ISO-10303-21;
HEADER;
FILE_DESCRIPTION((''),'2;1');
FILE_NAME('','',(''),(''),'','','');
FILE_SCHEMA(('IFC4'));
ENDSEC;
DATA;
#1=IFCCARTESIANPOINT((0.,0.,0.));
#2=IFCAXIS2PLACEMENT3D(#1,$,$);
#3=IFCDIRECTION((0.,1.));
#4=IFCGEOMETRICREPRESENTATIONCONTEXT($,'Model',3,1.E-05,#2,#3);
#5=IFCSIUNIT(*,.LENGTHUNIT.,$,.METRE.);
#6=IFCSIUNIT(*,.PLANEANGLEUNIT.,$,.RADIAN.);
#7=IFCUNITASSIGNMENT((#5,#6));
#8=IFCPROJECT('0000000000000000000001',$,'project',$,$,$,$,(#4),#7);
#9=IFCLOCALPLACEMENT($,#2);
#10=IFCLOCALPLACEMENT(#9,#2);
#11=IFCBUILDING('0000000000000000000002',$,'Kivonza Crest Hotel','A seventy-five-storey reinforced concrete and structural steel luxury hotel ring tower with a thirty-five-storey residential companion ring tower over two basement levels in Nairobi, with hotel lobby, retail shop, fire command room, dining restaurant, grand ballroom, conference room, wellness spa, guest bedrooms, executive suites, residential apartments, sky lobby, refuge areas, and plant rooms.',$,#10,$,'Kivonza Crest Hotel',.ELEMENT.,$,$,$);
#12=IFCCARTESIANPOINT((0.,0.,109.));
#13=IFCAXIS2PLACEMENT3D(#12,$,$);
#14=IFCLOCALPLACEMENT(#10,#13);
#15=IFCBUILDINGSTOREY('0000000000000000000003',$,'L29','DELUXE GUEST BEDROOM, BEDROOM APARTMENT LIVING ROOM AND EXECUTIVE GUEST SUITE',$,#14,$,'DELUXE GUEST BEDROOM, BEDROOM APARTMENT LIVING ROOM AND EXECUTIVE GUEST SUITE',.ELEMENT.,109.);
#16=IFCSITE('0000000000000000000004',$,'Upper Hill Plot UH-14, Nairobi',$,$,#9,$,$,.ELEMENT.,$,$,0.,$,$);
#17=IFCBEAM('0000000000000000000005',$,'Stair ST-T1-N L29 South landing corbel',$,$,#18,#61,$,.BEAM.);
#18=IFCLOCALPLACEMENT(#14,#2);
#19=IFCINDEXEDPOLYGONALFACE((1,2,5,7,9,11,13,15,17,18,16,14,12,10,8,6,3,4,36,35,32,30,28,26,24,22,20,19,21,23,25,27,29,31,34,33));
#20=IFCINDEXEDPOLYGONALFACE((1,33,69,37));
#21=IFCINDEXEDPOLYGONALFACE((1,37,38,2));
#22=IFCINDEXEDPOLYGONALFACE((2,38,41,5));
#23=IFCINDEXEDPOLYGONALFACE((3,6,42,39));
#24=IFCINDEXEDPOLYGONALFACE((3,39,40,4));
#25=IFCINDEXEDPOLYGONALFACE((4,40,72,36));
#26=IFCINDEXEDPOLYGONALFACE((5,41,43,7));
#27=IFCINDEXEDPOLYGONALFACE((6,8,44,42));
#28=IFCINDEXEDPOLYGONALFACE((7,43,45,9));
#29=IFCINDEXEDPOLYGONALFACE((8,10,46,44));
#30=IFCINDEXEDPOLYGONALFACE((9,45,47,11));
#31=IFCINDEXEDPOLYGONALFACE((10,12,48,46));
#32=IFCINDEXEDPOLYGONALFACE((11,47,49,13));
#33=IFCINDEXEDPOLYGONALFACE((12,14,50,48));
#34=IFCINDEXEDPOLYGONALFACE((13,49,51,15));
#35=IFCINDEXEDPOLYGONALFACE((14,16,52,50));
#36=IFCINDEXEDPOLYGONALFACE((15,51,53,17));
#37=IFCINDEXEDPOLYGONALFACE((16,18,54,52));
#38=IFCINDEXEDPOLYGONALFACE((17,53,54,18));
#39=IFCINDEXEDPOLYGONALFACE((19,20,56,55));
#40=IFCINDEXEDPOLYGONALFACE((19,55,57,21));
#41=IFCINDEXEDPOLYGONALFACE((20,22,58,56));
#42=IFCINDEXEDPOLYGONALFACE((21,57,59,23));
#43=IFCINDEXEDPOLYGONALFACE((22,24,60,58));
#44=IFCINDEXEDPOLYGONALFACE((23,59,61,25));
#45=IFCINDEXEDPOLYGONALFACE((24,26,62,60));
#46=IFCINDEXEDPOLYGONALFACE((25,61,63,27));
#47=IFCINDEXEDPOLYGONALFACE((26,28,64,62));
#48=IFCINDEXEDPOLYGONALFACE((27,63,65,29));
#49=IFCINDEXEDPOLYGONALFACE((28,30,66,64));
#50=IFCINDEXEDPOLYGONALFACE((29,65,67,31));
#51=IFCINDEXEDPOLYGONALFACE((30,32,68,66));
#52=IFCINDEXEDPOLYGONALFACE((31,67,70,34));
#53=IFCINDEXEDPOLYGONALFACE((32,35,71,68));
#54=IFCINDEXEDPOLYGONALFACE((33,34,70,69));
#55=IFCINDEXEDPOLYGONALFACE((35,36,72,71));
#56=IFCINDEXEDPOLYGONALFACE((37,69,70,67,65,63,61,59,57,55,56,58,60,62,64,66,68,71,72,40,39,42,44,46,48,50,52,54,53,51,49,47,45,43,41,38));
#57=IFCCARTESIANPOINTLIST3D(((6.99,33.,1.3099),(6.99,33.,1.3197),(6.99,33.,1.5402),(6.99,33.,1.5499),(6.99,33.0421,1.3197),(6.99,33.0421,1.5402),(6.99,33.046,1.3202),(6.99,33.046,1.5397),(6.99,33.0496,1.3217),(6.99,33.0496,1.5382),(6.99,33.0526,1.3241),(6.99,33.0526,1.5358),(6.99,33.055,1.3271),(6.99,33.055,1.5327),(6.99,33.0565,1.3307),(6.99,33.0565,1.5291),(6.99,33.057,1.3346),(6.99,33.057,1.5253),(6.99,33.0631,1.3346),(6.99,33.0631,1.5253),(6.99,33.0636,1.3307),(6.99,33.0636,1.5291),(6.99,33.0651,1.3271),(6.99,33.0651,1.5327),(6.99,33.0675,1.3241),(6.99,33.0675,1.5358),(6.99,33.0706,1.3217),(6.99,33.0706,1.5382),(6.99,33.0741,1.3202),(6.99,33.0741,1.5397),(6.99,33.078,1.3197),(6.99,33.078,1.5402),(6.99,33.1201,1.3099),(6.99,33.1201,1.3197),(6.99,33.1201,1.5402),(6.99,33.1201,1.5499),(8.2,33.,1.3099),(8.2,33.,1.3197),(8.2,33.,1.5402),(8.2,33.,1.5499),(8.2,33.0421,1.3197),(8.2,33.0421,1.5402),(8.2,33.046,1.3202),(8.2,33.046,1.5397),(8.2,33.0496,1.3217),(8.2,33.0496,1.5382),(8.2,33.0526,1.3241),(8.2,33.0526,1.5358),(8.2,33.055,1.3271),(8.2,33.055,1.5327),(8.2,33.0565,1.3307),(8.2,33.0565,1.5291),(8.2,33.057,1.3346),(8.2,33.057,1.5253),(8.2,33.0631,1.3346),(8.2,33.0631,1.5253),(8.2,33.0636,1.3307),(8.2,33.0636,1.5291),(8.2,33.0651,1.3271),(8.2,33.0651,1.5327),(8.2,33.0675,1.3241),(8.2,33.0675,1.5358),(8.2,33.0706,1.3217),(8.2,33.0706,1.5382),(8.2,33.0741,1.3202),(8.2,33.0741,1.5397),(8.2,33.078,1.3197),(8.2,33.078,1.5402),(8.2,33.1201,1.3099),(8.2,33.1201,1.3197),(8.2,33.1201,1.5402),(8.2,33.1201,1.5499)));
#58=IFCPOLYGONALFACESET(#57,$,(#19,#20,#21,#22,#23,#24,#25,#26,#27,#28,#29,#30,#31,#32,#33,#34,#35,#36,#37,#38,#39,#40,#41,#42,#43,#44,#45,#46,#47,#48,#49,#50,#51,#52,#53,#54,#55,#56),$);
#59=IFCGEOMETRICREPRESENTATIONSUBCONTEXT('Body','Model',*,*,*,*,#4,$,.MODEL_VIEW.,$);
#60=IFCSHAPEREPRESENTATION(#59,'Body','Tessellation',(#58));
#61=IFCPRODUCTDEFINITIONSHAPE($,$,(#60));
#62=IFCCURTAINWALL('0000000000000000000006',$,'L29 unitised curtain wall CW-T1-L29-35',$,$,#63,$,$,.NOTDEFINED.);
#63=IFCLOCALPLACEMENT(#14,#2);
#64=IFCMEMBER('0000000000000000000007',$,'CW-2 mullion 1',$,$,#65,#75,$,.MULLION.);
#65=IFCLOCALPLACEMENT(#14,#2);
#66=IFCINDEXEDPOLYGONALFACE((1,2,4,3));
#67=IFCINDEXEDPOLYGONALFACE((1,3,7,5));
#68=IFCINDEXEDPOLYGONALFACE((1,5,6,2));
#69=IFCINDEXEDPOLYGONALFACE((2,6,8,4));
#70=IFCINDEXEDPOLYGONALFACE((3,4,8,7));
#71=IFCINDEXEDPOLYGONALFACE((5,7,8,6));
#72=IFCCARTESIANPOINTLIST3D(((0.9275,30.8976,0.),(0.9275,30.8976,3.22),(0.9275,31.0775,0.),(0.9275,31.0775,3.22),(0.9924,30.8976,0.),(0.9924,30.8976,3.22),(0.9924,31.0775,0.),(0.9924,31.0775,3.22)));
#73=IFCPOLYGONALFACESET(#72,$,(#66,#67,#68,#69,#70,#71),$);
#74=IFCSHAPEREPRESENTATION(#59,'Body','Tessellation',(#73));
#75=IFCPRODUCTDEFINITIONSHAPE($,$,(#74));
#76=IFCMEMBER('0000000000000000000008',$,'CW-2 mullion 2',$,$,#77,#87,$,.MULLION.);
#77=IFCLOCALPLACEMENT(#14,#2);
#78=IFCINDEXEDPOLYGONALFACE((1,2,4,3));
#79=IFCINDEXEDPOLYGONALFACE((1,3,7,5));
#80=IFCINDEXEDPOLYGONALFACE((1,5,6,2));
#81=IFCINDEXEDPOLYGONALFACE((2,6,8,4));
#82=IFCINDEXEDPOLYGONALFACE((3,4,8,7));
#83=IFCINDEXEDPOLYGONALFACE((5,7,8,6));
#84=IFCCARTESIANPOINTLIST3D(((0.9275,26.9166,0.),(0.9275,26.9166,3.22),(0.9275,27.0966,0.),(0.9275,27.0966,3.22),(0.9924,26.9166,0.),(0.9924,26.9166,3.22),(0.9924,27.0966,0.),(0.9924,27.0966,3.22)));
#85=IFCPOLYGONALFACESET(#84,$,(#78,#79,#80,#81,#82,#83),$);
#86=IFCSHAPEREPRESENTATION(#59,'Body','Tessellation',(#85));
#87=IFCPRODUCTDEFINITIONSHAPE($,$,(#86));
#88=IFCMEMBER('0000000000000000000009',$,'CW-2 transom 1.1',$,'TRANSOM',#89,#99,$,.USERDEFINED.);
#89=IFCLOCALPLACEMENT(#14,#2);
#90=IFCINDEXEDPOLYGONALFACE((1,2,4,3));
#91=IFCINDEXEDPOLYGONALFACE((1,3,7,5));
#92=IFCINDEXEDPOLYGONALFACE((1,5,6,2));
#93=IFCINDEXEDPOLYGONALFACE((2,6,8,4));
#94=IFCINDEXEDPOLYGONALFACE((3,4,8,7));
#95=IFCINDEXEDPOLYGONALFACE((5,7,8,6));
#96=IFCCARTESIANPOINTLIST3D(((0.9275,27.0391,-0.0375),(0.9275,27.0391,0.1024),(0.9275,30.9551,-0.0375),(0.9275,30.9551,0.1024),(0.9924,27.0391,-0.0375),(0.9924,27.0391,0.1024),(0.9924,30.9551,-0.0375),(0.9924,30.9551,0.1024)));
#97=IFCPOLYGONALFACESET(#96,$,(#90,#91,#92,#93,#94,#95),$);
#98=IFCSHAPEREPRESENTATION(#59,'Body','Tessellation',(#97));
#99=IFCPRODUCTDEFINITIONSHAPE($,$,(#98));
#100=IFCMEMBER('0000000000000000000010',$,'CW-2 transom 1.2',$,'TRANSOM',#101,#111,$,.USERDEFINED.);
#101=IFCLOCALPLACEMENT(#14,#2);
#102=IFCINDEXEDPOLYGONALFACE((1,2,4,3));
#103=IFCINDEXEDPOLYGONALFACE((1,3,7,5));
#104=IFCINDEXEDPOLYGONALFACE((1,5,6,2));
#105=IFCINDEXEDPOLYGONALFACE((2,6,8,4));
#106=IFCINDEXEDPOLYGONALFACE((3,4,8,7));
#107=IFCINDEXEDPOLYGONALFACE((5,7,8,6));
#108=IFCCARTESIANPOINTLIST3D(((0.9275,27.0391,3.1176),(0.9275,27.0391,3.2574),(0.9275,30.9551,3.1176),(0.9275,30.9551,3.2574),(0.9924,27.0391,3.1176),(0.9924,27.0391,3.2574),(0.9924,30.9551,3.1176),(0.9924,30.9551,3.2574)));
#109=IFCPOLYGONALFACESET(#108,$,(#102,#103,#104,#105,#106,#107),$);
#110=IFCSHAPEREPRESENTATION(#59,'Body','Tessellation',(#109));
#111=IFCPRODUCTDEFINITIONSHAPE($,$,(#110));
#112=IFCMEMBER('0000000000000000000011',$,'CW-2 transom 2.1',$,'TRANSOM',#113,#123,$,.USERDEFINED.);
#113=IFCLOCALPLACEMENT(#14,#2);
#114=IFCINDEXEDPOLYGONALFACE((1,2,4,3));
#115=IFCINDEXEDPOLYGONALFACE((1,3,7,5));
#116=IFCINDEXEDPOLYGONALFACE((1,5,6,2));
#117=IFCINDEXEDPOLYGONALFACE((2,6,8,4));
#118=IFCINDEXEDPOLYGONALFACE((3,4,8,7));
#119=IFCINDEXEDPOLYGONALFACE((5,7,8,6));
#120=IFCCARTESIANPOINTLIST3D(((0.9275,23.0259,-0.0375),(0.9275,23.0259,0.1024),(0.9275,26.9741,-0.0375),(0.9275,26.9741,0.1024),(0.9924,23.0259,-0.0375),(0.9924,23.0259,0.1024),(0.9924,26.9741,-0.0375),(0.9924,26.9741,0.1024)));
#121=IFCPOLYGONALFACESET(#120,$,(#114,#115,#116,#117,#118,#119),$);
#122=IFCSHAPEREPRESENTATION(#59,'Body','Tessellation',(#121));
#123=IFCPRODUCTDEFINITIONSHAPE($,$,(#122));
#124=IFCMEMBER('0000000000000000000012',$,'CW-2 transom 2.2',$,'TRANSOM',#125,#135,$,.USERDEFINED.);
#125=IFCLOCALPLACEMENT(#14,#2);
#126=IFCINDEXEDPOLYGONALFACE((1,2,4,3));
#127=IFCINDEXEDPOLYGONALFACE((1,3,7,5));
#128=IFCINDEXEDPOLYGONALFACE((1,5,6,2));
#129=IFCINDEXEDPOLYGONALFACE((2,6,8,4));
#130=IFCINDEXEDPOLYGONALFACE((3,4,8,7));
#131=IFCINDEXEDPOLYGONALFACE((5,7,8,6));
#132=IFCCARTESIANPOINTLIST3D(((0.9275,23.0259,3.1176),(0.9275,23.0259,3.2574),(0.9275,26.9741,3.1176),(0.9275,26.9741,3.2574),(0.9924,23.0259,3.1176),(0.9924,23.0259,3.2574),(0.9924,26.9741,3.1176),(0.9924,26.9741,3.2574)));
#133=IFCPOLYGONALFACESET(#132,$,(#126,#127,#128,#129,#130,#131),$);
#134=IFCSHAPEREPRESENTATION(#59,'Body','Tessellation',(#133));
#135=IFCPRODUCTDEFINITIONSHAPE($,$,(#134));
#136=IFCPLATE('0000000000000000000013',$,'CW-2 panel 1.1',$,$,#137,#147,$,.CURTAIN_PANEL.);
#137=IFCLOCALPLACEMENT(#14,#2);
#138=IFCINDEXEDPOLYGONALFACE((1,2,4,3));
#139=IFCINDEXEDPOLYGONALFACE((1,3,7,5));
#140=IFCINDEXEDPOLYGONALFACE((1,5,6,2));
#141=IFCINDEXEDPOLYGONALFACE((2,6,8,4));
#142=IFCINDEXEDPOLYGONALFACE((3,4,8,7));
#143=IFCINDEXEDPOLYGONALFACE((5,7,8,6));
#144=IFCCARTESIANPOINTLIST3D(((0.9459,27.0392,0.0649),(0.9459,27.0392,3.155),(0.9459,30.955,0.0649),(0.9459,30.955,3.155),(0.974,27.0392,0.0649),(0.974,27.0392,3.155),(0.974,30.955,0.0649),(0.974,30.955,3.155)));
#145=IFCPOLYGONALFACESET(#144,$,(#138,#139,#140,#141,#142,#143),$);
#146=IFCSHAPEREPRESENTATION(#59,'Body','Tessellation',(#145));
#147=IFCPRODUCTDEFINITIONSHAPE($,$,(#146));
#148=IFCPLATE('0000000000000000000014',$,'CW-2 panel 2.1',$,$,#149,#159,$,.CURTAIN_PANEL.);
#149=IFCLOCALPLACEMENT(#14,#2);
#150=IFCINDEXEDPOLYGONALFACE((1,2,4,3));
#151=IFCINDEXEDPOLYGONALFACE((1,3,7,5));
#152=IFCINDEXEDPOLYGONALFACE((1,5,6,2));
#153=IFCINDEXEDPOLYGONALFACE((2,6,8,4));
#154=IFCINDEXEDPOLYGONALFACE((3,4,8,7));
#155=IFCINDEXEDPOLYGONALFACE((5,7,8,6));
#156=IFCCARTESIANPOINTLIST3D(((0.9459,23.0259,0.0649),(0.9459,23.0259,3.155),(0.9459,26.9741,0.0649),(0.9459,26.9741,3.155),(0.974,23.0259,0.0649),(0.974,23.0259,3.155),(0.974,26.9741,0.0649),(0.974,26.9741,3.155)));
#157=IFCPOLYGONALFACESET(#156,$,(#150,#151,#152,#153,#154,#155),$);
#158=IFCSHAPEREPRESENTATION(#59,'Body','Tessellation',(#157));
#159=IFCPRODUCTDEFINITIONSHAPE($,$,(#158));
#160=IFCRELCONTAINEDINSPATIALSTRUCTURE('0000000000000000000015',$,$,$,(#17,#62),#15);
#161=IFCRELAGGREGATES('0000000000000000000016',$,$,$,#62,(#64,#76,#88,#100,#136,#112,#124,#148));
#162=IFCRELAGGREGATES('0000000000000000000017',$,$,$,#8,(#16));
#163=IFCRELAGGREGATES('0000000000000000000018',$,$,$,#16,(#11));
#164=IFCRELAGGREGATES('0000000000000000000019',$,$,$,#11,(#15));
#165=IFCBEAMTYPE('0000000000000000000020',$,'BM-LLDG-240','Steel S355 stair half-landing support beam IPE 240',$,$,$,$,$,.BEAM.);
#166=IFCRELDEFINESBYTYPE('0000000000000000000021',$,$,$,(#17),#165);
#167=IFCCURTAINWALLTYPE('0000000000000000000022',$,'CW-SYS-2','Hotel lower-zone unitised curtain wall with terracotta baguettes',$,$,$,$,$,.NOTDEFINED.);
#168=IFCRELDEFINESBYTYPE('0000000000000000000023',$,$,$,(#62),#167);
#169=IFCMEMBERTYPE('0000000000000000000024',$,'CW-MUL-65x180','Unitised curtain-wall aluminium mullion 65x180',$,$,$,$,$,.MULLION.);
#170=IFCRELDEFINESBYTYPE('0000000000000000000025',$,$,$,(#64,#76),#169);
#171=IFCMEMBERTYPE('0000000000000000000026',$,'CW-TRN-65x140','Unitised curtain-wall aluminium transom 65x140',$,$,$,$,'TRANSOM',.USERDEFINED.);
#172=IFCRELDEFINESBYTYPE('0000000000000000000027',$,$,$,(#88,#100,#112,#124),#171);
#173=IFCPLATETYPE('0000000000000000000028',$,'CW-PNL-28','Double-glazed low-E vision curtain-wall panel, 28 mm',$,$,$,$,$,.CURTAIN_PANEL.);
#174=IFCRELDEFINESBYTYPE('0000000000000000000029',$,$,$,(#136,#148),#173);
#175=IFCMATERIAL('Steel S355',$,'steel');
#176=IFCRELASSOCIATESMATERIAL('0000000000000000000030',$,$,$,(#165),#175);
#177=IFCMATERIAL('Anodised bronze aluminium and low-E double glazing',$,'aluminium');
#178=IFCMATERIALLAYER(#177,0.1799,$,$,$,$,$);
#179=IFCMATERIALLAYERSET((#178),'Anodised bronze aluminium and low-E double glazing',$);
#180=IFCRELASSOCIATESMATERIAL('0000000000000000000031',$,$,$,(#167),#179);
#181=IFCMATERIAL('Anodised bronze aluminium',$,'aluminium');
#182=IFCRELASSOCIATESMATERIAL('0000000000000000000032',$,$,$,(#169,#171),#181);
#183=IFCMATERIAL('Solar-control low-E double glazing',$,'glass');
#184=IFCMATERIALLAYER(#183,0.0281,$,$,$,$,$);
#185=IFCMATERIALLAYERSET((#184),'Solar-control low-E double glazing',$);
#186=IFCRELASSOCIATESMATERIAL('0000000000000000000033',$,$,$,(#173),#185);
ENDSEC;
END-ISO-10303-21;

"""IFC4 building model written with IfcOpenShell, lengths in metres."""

from ifc_helpers import new_model, si_unit, direction, frame, origin, origin_2d, place, context, subcontext, project, spatial, rectangle, i_section, extrude, material, layer, layer_set, material_profile, profile_set, type_object, element, aggregate, save


model = new_model("IFC4")

# Units and contexts
model_context = context("Model", 3, precision=1e-05, world=origin(), true_north=direction((0.0, 1.0)))
body_context = subcontext(model_context, "Body", "Model", "MODEL_VIEW")
ifc_project = project(units=[si_unit("LENGTHUNIT", "METRE"), si_unit("PLANEANGLEUNIT", "RADIAN")], contexts=[model_context])

# Site, building, storey
site_placement = place(None, origin())
site = spatial("IfcSite", under=ifc_project, at=site_placement, Name="Upper Hill Plot UH-14, Nairobi", CompositionType="ELEMENT", RefElevation=0.0)
building_placement = place(site_placement, origin())
building = spatial("IfcBuilding", under=site, at=building_placement, Name="Kivonza Crest Hotel", Description="A seventy-five-storey reinforced concrete and structural steel luxury hotel ring tower with a thirty-five-storey residential companion ring tower over two basement levels in Nairobi, with hotel lobby, retail shop, fire command room, dining restaurant, grand ballroom, conference room, wellness spa, guest bedrooms, executive suites, residential apartments, sky lobby, refuge areas, and plant rooms.", LongName="Kivonza Crest Hotel", CompositionType="ELEMENT")
storey_placement = place(building_placement, frame((0.0, 0.0, 109.0)))
storey = spatial("IfcBuildingStorey", under=building, at=storey_placement, Name="L29", Description="DELUXE GUEST BEDROOM, BEDROOM APARTMENT LIVING ROOM AND EXECUTIVE GUEST SUITE", LongName="DELUXE GUEST BEDROOM, BEDROOM APARTMENT LIVING ROOM AND EXECUTIVE GUEST SUITE", CompositionType="ELEMENT", Elevation=109.0)

# Beam
ifc_material_1 = material(Name="Steel S355", Category="steel")
ifc_material_profile_1 = material_profile(ifc_material_1, i_section(OverallWidth=0.1201, OverallDepth=0.24, WebThickness=0.0061, FlangeThickness=0.0098, FilletRadius=0.0149, at=origin_2d()), Name="IPE 240")
ifc_profile_set_1 = profile_set([ifc_material_profile_1], Name="Steel S355")
beam_type_1 = type_object("IfcBeamType", Name="BM-LLDG-240", Description="Steel S355 stair half-landing support beam IPE 240", PredefinedType="BEAM", material=ifc_profile_set_1)
beam_1_placement = place(storey_placement, frame((6.99, 33.0601, 1.4299), z_axis=(1.0, 0.0, 0.0), x_axis=(0.0, 1.0, 0.0)))
element("IfcBeam", 1, at=beam_1_placement, inside=storey, type_object=beam_type_1, Name="Stair ST-T1-N L29 South landing corbel", PredefinedType="BEAM", context=body_context, shape_type="SweptSolid", body=[
    extrude(i_section(OverallWidth=0.1201, OverallDepth=0.24, WebThickness=0.0061, FlangeThickness=0.0098, FilletRadius=0.0149, at=origin_2d()), origin(), (0.0, 0.0, 1.0), 1.21),
])

# Curtain wall, members, plates
ifc_material_2 = material(Name="Anodised bronze aluminium and low-E double glazing", Category="aluminium")
ifc_layer_1 = layer(ifc_material_2, 0.1799)
ifc_layer_set_1 = layer_set([ifc_layer_1], Name="Anodised bronze aluminium and low-E double glazing")
curtain_wall_type = type_object("IfcCurtainWallType", Name="CW-SYS-2", Description="Hotel lower-zone unitised curtain wall with terracotta baguettes", PredefinedType="NOTDEFINED", material=ifc_layer_set_1)
curtain_wall_placement = place(storey_placement, origin())
curtain_wall = element("IfcCurtainWall", 2, at=curtain_wall_placement, inside=storey, type_object=curtain_wall_type, Name="L29 unitised curtain wall CW-T1-L29-35", PredefinedType="NOTDEFINED")
ifc_material_3 = material(Name="Anodised bronze aluminium", Category="aluminium")
ifc_material_profile_2 = material_profile(ifc_material_3, rectangle(XDim=0.0649, YDim=0.1799, at=origin_2d()), Name="CW-M 65x180")
ifc_profile_set_2 = profile_set([ifc_material_profile_2], Name="Anodised bronze aluminium")
member_type_1 = type_object("IfcMemberType", Name="CW-MUL-65x180", Description="Unitised curtain-wall aluminium mullion 65x180", PredefinedType="MULLION", material=ifc_profile_set_2)
member_1_placement = place(storey_placement, frame((0.96, 30.9875, 0.0), z_axis=(0.0, 0.0, 1.0), x_axis=(1.0, 0.0, 0.0)))
member_1 = element("IfcMember", 3, at=member_1_placement, type_object=member_type_1, Name="CW-2 mullion 1", PredefinedType="MULLION", context=body_context, shape_type="SweptSolid", body=[
    extrude(rectangle(XDim=0.0649, YDim=0.1799, at=origin_2d()), origin(), (0.0, 0.0, 1.0), 3.22),
])
member_2_placement = place(storey_placement, frame((0.96, 27.0066, 0.0), z_axis=(0.0, 0.0, 1.0), x_axis=(1.0, 0.0, 0.0)))
member_2 = element("IfcMember", 4, at=member_2_placement, type_object=member_type_1, Name="CW-2 mullion 2", PredefinedType="MULLION", context=body_context, shape_type="SweptSolid", body=[
    extrude(rectangle(XDim=0.0649, YDim=0.1799, at=origin_2d()), origin(), (0.0, 0.0, 1.0), 3.22),
])
ifc_material_profile_3 = material_profile(ifc_material_3, rectangle(XDim=0.0649, YDim=0.1399, at=origin_2d()), Name="CW-T 65x140")
ifc_profile_set_3 = profile_set([ifc_material_profile_3], Name="Anodised bronze aluminium")
member_type_2 = type_object("IfcMemberType", Name="CW-TRN-65x140", Description="Unitised curtain-wall aluminium transom 65x140", ElementType="TRANSOM", PredefinedType="USERDEFINED", material=ifc_profile_set_3)
member_3_placement = place(storey_placement, frame((0.96, 30.9551, 0.0325), z_axis=(0.0, -1.0, 0.0), x_axis=(1.0, 0.0, 0.0)))
member_3 = element("IfcMember", 5, at=member_3_placement, type_object=member_type_2, Name="CW-2 transom 1.1", ObjectType="TRANSOM", PredefinedType="USERDEFINED", context=body_context, shape_type="SweptSolid", body=[
    extrude(rectangle(XDim=0.0649, YDim=0.1399, at=origin_2d()), origin(), (0.0, 0.0, 1.0), 3.916),
])
member_4_placement = place(storey_placement, frame((0.96, 30.9551, 3.1875), z_axis=(0.0, -1.0, 0.0), x_axis=(1.0, 0.0, 0.0)))
member_4 = element("IfcMember", 6, at=member_4_placement, type_object=member_type_2, Name="CW-2 transom 1.2", ObjectType="TRANSOM", PredefinedType="USERDEFINED", context=body_context, shape_type="SweptSolid", body=[
    extrude(rectangle(XDim=0.0649, YDim=0.1399, at=origin_2d()), origin(), (0.0, 0.0, 1.0), 3.916),
])
member_5_placement = place(storey_placement, frame((0.96, 26.9741, 0.0325), z_axis=(0.0, -1.0, 0.0), x_axis=(1.0, 0.0, 0.0)))
member_5 = element("IfcMember", 7, at=member_5_placement, type_object=member_type_2, Name="CW-2 transom 2.1", ObjectType="TRANSOM", PredefinedType="USERDEFINED", context=body_context, shape_type="SweptSolid", body=[
    extrude(rectangle(XDim=0.0649, YDim=0.1399, at=origin_2d()), origin(), (0.0, 0.0, 1.0), 3.9482),
])
member_6_placement = place(storey_placement, frame((0.96, 26.9741, 3.1875), z_axis=(0.0, -1.0, 0.0), x_axis=(1.0, 0.0, 0.0)))
member_6 = element("IfcMember", 8, at=member_6_placement, type_object=member_type_2, Name="CW-2 transom 2.2", ObjectType="TRANSOM", PredefinedType="USERDEFINED", context=body_context, shape_type="SweptSolid", body=[
    extrude(rectangle(XDim=0.0649, YDim=0.1399, at=origin_2d()), origin(), (0.0, 0.0, 1.0), 3.9482),
])
ifc_material_4 = material(Name="Solar-control low-E double glazing", Category="glass")
ifc_layer_2 = layer(ifc_material_4, 0.0281)
ifc_layer_set_2 = layer_set([ifc_layer_2], Name="Solar-control low-E double glazing")
plate_type = type_object("IfcPlateType", Name="CW-PNL-28", Description="Double-glazed low-E vision curtain-wall panel, 28 mm", PredefinedType="CURTAIN_PANEL", material=ifc_layer_set_2)
plate_1_placement = place(storey_placement, frame((0.96, 28.9971, 0.0649), z_axis=(0.0, 0.0, 1.0), x_axis=(0.0, -1.0, 0.0)))
plate_1 = element("IfcPlate", 9, at=plate_1_placement, type_object=plate_type, Name="CW-2 panel 1.1", PredefinedType="CURTAIN_PANEL", context=body_context, shape_type="SweptSolid", body=[
    extrude(rectangle(XDim=3.9158, YDim=0.0281, at=origin_2d()), origin(), (0.0, 0.0, 1.0), 3.0901),
])
plate_2_placement = place(storey_placement, frame((0.96, 25.0, 0.0649), z_axis=(0.0, 0.0, 1.0), x_axis=(0.0, -1.0, 0.0)))
plate_2 = element("IfcPlate", 10, at=plate_2_placement, type_object=plate_type, Name="CW-2 panel 2.1", PredefinedType="CURTAIN_PANEL", context=body_context, shape_type="SweptSolid", body=[
    extrude(rectangle(XDim=3.9482, YDim=0.0281, at=origin_2d()), origin(), (0.0, 0.0, 1.0), 3.0901),
])
aggregate(curtain_wall, [member_1, member_2, member_3, member_4, plate_1, member_5, member_6, plate_2])

save(model, "model.ifc")
